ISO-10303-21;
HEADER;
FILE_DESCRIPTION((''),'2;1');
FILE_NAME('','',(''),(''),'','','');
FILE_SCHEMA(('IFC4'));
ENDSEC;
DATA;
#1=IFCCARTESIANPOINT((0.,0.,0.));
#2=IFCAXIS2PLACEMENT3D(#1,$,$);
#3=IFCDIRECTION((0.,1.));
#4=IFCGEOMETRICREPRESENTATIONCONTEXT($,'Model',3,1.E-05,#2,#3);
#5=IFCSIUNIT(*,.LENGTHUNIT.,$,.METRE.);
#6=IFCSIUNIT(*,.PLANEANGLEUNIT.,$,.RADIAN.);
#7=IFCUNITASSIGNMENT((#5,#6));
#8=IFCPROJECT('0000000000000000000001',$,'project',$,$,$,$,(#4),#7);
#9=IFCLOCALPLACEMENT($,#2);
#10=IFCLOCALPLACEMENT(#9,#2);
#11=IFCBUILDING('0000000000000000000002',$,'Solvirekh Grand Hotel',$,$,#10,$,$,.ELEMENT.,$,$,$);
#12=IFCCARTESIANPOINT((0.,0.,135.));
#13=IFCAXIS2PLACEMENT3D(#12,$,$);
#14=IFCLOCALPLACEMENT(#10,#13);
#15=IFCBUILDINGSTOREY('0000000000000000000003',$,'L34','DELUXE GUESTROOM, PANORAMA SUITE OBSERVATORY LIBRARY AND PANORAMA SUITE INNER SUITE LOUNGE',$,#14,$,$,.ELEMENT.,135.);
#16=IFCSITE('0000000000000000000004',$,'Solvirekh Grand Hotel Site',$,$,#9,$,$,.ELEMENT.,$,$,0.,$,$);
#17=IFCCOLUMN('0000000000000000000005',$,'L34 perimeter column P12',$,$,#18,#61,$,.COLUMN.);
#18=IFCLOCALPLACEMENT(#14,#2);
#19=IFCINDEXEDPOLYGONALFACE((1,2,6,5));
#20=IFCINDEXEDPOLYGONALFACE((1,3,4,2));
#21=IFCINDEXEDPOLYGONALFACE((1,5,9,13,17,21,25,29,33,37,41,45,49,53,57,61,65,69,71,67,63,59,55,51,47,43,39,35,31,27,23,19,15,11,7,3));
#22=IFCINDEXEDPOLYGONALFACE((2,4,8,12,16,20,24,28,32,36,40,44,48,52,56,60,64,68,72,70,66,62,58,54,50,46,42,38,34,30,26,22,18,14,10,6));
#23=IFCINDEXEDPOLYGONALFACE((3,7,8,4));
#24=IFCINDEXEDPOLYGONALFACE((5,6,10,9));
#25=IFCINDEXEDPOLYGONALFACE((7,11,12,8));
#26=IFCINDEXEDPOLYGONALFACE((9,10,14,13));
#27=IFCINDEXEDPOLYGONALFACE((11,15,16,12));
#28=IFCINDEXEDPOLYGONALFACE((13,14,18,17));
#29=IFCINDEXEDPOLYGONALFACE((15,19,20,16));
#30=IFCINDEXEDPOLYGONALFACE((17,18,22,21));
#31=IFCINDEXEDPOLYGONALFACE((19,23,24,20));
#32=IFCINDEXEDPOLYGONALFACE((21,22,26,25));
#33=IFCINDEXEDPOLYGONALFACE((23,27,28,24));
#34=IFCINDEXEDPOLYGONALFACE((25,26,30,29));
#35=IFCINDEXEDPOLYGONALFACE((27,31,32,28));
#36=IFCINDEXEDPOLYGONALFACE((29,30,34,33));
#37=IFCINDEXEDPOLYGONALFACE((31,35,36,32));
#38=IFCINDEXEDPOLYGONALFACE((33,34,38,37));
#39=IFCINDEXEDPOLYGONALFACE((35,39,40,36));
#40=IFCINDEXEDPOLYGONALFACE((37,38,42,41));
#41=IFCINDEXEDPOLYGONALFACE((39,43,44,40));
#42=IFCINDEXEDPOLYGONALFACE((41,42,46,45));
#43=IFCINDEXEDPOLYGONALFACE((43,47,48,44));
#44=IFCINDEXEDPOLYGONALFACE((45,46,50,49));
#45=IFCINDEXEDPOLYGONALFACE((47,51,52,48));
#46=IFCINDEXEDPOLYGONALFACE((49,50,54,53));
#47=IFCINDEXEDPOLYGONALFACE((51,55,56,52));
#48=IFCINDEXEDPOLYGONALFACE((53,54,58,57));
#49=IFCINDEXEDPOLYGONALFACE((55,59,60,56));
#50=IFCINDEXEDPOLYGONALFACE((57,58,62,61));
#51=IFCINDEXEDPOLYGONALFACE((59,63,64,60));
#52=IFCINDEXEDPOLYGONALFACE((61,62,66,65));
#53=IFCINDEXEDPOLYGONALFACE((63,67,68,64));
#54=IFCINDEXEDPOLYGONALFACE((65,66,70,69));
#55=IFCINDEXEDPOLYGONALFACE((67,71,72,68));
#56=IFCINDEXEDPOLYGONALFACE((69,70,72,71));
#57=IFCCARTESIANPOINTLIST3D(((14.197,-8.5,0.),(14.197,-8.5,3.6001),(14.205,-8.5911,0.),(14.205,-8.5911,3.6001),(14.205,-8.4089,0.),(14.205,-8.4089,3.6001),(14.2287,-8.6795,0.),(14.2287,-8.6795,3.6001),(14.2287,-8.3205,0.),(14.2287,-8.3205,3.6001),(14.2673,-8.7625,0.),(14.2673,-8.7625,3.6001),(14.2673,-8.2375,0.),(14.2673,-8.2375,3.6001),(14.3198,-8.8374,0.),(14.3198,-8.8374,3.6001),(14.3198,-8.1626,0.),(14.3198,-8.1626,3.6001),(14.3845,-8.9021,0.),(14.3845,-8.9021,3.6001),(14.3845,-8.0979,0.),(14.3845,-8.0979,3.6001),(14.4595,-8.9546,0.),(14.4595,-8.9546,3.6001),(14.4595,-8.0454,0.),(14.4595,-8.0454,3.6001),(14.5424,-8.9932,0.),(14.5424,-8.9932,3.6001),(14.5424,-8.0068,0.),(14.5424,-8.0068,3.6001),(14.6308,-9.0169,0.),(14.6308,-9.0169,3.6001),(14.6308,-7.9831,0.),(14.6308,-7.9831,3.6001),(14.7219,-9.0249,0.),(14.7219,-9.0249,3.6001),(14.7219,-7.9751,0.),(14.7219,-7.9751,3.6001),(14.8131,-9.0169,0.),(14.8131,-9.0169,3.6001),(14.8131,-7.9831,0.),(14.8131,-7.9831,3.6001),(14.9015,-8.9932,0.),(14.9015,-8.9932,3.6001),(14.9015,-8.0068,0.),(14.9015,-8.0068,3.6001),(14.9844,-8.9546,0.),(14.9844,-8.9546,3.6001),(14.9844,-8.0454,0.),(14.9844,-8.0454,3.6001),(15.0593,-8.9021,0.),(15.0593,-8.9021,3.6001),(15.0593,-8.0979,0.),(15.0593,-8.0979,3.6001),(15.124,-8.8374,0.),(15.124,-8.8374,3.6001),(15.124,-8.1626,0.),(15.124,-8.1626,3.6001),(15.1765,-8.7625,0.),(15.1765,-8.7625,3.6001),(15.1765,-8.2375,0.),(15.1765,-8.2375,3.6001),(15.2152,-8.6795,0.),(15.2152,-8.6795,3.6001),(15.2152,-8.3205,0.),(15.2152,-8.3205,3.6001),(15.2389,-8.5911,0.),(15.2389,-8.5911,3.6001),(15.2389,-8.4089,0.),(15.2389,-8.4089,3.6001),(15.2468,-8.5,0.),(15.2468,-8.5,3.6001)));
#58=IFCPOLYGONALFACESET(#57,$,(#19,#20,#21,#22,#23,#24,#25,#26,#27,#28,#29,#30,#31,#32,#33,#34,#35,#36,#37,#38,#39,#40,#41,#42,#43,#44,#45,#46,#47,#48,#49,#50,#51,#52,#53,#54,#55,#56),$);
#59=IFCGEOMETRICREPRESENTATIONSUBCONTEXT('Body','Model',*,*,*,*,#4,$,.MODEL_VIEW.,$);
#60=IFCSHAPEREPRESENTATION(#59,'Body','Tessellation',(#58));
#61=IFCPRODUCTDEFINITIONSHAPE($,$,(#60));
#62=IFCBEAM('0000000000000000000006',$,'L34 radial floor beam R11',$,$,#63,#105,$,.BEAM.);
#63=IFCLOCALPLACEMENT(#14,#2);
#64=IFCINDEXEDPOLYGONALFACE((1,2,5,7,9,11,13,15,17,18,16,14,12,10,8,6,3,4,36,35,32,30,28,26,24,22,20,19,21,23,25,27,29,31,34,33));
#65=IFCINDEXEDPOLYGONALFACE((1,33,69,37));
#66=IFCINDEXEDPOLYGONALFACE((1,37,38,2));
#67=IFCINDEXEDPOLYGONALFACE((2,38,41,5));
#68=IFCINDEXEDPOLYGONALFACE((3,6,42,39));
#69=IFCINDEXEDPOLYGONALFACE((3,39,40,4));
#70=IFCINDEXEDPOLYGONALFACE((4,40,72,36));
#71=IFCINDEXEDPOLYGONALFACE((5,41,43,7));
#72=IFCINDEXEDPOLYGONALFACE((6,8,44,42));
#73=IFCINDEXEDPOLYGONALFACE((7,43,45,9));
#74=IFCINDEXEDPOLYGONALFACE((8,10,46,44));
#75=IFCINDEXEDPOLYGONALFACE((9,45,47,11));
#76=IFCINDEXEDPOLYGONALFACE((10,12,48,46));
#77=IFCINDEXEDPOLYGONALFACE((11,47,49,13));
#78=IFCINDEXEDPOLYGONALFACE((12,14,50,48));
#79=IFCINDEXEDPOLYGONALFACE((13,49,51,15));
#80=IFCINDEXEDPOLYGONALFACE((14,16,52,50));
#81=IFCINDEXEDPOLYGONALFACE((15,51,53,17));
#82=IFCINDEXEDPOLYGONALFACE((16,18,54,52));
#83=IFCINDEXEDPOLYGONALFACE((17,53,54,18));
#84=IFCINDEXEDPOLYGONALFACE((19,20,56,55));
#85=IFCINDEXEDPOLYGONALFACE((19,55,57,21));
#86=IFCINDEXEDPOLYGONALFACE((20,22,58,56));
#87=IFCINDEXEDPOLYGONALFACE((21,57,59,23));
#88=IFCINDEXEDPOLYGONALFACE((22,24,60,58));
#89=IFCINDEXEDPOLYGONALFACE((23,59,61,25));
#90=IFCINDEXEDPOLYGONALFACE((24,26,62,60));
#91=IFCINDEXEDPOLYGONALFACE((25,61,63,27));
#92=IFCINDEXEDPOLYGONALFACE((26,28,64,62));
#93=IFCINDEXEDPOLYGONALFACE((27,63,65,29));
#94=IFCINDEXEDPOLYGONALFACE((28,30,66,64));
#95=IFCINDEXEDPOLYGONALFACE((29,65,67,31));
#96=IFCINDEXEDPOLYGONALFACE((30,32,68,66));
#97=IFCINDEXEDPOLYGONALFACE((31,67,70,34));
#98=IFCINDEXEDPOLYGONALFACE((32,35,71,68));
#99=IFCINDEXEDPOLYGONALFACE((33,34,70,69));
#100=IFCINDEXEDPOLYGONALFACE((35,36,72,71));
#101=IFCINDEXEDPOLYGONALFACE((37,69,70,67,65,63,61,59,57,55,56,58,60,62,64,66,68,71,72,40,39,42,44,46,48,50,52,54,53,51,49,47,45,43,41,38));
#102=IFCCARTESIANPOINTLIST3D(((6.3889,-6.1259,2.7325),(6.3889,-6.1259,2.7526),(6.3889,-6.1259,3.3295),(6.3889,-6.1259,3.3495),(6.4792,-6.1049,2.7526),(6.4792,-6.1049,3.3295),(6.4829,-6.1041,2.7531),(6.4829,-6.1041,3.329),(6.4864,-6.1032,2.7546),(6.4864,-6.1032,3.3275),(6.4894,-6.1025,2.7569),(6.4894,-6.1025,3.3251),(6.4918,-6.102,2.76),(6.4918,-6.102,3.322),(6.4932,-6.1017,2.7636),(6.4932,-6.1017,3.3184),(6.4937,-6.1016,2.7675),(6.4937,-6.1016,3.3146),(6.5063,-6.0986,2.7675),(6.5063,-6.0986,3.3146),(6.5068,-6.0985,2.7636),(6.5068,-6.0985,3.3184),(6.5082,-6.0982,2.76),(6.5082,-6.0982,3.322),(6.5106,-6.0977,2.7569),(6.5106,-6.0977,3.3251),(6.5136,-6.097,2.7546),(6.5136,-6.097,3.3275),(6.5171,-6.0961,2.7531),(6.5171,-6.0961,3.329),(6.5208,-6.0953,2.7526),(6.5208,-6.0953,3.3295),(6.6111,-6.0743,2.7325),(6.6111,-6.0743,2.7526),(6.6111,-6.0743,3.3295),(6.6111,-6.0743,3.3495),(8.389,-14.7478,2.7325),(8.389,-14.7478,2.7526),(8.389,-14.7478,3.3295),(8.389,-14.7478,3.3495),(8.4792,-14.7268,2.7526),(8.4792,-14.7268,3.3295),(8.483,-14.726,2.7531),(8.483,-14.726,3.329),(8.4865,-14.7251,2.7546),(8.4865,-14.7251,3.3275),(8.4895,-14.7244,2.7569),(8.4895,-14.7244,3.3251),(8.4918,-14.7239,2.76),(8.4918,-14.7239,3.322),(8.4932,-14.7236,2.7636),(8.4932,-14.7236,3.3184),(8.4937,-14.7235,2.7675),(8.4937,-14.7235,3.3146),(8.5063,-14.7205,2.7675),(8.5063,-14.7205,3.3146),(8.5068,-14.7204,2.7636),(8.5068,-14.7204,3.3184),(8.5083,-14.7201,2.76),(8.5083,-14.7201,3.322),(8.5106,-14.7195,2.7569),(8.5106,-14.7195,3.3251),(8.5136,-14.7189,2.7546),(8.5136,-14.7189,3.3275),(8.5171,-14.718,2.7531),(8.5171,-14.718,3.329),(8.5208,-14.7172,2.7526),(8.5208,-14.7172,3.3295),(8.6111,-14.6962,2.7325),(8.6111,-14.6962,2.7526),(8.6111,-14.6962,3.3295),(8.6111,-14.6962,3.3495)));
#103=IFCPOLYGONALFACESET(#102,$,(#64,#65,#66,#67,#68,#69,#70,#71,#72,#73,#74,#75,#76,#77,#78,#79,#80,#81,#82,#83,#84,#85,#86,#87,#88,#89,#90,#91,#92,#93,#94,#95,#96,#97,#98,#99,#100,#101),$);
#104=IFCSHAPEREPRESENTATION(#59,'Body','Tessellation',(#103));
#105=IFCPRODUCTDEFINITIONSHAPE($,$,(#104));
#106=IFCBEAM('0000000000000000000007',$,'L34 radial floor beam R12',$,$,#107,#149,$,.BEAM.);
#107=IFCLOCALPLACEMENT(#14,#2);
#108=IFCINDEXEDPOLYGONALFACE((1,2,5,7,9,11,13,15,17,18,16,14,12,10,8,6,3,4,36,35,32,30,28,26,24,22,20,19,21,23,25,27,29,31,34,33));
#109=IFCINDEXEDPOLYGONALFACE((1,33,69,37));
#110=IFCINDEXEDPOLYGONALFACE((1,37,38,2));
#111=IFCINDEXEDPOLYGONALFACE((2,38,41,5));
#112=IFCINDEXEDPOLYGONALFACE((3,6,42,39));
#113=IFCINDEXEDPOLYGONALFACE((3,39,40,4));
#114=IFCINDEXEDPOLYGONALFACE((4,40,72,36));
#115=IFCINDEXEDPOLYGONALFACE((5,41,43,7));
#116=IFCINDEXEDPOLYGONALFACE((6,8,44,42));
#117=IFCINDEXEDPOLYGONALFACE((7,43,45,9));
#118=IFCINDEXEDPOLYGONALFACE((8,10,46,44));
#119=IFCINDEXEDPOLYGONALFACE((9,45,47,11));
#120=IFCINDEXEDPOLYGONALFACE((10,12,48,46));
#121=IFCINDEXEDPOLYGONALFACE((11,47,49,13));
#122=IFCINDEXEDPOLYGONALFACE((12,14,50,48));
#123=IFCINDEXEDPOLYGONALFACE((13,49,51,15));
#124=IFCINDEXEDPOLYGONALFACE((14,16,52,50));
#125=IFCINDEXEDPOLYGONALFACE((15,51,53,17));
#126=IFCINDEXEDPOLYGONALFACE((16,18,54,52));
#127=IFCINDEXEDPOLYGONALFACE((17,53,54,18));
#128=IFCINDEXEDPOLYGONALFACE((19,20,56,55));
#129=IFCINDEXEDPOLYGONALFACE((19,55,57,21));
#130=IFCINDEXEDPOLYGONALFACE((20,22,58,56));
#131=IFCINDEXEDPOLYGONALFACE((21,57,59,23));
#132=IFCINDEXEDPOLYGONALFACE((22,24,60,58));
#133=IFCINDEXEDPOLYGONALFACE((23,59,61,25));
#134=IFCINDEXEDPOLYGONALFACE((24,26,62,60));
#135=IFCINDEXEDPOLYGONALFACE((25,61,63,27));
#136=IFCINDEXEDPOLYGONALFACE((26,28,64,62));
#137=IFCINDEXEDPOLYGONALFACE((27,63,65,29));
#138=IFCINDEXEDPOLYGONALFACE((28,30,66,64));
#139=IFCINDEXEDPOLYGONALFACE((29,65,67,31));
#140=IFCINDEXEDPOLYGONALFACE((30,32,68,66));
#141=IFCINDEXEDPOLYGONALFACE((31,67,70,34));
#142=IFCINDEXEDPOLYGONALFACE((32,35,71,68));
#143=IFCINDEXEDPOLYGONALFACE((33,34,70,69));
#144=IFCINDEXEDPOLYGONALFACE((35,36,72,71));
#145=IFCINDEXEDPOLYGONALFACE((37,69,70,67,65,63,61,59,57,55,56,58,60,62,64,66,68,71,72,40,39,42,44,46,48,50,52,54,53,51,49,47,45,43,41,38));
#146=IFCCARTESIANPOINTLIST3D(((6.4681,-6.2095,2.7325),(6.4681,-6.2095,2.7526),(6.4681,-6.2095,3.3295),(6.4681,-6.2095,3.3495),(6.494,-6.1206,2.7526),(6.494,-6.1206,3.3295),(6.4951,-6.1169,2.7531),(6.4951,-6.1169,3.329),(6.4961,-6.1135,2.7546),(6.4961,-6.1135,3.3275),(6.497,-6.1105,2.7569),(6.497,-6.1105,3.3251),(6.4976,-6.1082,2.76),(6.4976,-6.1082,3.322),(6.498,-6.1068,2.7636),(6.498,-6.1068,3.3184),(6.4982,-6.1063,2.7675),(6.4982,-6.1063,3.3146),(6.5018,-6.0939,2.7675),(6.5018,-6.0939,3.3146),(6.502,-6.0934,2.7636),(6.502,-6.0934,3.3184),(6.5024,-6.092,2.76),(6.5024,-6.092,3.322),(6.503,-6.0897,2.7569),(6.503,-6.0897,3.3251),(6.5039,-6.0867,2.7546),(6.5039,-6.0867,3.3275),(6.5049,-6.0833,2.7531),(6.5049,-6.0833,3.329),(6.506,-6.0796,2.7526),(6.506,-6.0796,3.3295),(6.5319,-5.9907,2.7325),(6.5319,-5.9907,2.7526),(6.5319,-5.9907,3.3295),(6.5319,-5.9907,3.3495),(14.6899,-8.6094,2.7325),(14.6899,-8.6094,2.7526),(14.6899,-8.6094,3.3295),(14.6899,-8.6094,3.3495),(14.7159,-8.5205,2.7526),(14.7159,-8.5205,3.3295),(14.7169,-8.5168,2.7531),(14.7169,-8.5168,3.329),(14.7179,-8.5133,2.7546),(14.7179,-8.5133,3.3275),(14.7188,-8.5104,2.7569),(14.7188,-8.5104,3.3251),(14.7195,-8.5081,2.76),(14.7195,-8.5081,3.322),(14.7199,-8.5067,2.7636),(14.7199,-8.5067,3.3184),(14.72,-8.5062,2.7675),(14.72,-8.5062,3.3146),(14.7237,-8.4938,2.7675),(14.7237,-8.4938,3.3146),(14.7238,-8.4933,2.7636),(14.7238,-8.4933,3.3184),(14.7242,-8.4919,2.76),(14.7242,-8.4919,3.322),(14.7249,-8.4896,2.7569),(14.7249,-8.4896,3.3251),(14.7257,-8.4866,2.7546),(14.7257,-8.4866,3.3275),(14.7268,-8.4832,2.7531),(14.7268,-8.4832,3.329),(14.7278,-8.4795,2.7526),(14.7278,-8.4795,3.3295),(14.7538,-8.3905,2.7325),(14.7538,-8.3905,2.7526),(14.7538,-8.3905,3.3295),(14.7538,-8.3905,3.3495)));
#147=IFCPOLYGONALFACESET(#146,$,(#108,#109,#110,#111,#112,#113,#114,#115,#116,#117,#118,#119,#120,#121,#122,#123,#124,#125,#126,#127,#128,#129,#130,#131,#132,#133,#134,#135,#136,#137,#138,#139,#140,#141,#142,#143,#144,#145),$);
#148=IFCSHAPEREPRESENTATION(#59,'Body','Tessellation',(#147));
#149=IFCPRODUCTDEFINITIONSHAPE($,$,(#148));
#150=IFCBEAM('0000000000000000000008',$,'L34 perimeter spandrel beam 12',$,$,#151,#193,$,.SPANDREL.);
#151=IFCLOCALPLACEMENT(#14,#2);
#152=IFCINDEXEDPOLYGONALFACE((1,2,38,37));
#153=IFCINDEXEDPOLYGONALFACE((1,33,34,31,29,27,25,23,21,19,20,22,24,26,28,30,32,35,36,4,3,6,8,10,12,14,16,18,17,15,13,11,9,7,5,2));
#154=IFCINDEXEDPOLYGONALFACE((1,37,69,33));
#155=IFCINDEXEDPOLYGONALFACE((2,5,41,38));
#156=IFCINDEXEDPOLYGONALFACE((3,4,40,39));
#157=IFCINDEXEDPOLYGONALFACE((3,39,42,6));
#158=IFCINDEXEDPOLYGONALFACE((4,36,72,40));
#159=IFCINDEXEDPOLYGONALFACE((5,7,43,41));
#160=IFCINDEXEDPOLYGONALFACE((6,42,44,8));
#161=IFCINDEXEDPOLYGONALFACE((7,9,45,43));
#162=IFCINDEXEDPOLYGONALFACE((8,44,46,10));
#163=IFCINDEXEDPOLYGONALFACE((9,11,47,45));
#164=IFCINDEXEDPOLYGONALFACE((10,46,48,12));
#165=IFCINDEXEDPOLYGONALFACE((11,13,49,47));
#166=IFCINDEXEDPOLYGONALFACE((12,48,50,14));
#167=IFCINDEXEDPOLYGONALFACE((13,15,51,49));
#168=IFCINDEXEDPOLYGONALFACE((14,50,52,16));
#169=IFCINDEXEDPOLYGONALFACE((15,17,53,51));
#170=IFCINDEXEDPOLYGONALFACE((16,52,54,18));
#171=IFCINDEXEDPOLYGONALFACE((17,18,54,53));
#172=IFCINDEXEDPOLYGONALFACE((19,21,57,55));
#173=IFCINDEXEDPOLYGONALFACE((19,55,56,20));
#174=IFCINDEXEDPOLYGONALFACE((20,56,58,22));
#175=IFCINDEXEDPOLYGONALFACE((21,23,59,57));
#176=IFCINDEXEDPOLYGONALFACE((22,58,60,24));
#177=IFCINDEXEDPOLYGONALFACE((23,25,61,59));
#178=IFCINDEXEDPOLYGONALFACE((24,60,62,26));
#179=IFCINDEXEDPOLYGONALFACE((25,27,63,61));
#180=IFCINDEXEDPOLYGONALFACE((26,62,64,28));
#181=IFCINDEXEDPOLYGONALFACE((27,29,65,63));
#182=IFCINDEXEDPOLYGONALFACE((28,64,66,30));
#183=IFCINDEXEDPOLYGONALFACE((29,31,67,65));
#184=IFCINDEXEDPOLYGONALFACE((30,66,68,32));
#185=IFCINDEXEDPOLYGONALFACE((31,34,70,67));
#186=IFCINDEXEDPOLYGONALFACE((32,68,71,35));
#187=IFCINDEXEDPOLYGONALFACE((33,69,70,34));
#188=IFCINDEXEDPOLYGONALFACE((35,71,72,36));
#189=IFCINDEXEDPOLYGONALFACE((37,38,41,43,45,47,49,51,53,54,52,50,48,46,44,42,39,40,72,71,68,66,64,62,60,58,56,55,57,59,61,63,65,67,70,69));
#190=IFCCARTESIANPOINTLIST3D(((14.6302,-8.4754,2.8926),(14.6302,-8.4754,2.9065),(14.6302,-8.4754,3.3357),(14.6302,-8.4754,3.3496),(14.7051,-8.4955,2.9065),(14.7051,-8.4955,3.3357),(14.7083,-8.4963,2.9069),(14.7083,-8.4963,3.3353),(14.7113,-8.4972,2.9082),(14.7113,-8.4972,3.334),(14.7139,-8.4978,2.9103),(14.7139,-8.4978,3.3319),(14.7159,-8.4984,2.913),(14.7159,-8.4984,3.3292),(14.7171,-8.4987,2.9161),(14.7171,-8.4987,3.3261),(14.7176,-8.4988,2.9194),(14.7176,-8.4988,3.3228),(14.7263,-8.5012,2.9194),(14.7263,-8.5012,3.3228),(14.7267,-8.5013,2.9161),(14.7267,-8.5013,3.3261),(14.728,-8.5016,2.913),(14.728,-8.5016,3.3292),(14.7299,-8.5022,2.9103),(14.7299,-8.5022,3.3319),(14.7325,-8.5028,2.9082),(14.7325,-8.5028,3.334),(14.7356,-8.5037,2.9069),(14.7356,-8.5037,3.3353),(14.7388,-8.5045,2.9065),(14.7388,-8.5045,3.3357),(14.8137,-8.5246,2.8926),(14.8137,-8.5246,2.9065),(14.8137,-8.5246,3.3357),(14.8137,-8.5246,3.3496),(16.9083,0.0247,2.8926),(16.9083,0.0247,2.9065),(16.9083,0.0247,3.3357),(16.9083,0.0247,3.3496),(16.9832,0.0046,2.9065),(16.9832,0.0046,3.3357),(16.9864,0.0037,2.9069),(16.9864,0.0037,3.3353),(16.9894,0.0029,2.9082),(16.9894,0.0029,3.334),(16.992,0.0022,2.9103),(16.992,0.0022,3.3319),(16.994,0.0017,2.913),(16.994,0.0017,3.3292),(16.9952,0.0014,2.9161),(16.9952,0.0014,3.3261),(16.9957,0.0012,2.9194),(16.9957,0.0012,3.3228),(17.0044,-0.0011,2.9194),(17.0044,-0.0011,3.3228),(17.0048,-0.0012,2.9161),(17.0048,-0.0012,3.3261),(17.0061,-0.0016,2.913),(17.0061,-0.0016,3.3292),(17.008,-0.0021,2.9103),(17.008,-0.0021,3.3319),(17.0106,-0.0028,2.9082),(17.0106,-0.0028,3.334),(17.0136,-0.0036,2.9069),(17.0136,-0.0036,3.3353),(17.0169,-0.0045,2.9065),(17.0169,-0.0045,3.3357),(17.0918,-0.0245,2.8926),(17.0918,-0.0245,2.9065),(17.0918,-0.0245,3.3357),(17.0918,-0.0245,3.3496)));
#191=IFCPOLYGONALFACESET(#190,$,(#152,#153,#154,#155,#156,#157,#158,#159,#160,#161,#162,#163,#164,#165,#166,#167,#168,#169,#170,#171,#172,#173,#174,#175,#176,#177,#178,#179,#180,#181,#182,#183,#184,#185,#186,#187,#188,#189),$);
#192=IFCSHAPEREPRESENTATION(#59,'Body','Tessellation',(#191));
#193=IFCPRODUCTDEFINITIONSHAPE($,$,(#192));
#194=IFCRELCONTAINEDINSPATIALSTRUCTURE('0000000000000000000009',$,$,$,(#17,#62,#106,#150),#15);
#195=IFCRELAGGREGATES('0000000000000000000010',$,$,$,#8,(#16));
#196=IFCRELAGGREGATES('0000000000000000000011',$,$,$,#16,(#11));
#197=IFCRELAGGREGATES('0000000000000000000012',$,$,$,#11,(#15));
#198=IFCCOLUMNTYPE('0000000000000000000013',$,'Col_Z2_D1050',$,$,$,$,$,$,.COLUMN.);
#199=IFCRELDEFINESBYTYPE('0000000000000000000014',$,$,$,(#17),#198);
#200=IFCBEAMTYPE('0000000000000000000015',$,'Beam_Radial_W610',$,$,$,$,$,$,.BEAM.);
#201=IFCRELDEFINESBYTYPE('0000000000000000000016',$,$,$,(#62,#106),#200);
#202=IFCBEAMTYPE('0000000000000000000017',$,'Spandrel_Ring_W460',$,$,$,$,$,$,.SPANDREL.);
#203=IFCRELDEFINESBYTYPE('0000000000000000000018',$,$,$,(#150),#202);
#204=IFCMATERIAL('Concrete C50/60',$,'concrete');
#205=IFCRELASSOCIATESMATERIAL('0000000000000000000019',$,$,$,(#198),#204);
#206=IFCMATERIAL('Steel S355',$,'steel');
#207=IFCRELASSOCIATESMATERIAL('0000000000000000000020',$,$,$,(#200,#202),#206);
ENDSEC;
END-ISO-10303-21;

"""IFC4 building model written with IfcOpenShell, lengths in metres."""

from ifc_helpers import new_model, si_unit, direction, frame, origin, origin_2d, place, context, subcontext, project, spatial, circle, i_section, extrude, material, material_profile, profile_set, type_object, element, save


model = new_model("IFC4")

# Units and contexts
model_context = context("Model", 3, precision=1e-05, world=origin(), true_north=direction((0.0, 1.0)))
body_context = subcontext(model_context, "Body", "Model", "MODEL_VIEW")
ifc_project = project(units=[si_unit("LENGTHUNIT", "METRE"), si_unit("PLANEANGLEUNIT", "RADIAN")], contexts=[model_context])

# Site, building, storey
site_placement = place(None, origin())
site = spatial("IfcSite", under=ifc_project, at=site_placement, Name="Solvirekh Grand Hotel Site", CompositionType="ELEMENT", RefElevation=0.0)
building_placement = place(site_placement, origin())
building = spatial("IfcBuilding", under=site, at=building_placement, Name="Solvirekh Grand Hotel", CompositionType="ELEMENT")
storey_placement = place(building_placement, frame((0.0, 0.0, 135.0)))
storey = spatial("IfcBuildingStorey", under=building, at=storey_placement, Name="L34", Description="DELUXE GUESTROOM, PANORAMA SUITE OBSERVATORY LIBRARY AND PANORAMA SUITE INNER SUITE LOUNGE", CompositionType="ELEMENT", Elevation=135.0)

# Column
ifc_material_1 = material(Name="Concrete C50/60", Category="concrete")
ifc_material_profile_1 = material_profile(ifc_material_1, circle(Radius=0.5249, at=origin_2d()), Name="RC CIRC D1050")
ifc_profile_set_1 = profile_set([ifc_material_profile_1], Name="Concrete C50/60")
column_type = type_object("IfcColumnType", Name="Col_Z2_D1050", PredefinedType="COLUMN", material=ifc_profile_set_1)
column_placement = place(storey_placement, frame((14.7219, -8.5, 0.0), z_axis=(0.0, 0.0, 1.0), x_axis=(1.0, 0.0, 0.0)))
element("IfcColumn", 1, at=column_placement, inside=storey, type_object=column_type, Name="L34 perimeter column P12", PredefinedType="COLUMN", context=body_context, shape_type="SweptSolid", body=[
    extrude(circle(Radius=0.5249, at=origin_2d()), origin(), (0.0, 0.0, 1.0), 3.6001),
])

# Beams
ifc_material_2 = material(Name="Steel S355", Category="steel")
ifc_material_profile_2 = material_profile(ifc_material_2, i_section(OverallWidth=0.228, OverallDepth=0.6169, WebThickness=0.0129, FlangeThickness=0.02, FilletRadius=0.0149, at=origin_2d()), Name="W610X140")
ifc_profile_set_2 = profile_set([ifc_material_profile_2], Name="Steel S355")
beam_type_1 = type_object("IfcBeamType", Name="Beam_Radial_W610", PredefinedType="BEAM", material=ifc_profile_set_2)
beam_1_placement = place(storey_placement, frame((6.5, -6.1001, 3.041), z_axis=(0.225969, -0.974134, 0.0), x_axis=(0.974134, 0.225969, 0.0)))
element("IfcBeam", 2, at=beam_1_placement, inside=storey, type_object=beam_type_1, Name="L34 radial floor beam R11", PredefinedType="BEAM", context=body_context, shape_type="SweptSolid", body=[
    extrude(i_section(OverallWidth=0.228, OverallDepth=0.6169, WebThickness=0.0129, FlangeThickness=0.02, FilletRadius=0.0149, at=origin_2d()), origin(), (0.0, 0.0, 1.0), 8.8508),
])
beam_2_placement = place(storey_placement, frame((6.5, -6.1001, 3.041), z_axis=(0.959942, -0.280198, 0.0), x_axis=(0.280198, 0.959942, 0.0)))
element("IfcBeam", 3, at=beam_2_placement, inside=storey, type_object=beam_type_1, Name="L34 radial floor beam R12", PredefinedType="BEAM", context=body_context, shape_type="SweptSolid", body=[
    extrude(i_section(OverallWidth=0.228, OverallDepth=0.6169, WebThickness=0.0129, FlangeThickness=0.02, FilletRadius=0.0149, at=origin_2d()), origin(), (0.0, 0.0, 1.0), 8.5649),
])
ifc_material_profile_3 = material_profile(ifc_material_2, i_section(OverallWidth=0.1899, OverallDepth=0.457, WebThickness=0.009, FlangeThickness=0.0139, FilletRadius=0.0129, at=origin_2d()), Name="W460X74")
ifc_profile_set_3 = profile_set([ifc_material_profile_3], Name="Steel S355")
beam_type_2 = type_object("IfcBeamType", Name="Spandrel_Ring_W460", PredefinedType="SPANDREL", material=ifc_profile_set_3)
beam_3_placement = place(storey_placement, frame((14.7219, -8.5, 3.1211), z_axis=(0.258873, 0.965911, 0.0), x_axis=(-0.965911, 0.258873, 0.0)))
element("IfcBeam", 4, at=beam_3_placement, inside=storey, type_object=beam_type_2, Name="L34 perimeter spandrel beam 12", PredefinedType="SPANDREL", context=body_context, shape_type="SweptSolid", body=[
    extrude(i_section(OverallWidth=0.1899, OverallDepth=0.457, WebThickness=0.009, FlangeThickness=0.0139, FilletRadius=0.0129, at=origin_2d()), origin(), (0.0, 0.0, 1.0), 8.8),
])

save(model, "model.ifc")
